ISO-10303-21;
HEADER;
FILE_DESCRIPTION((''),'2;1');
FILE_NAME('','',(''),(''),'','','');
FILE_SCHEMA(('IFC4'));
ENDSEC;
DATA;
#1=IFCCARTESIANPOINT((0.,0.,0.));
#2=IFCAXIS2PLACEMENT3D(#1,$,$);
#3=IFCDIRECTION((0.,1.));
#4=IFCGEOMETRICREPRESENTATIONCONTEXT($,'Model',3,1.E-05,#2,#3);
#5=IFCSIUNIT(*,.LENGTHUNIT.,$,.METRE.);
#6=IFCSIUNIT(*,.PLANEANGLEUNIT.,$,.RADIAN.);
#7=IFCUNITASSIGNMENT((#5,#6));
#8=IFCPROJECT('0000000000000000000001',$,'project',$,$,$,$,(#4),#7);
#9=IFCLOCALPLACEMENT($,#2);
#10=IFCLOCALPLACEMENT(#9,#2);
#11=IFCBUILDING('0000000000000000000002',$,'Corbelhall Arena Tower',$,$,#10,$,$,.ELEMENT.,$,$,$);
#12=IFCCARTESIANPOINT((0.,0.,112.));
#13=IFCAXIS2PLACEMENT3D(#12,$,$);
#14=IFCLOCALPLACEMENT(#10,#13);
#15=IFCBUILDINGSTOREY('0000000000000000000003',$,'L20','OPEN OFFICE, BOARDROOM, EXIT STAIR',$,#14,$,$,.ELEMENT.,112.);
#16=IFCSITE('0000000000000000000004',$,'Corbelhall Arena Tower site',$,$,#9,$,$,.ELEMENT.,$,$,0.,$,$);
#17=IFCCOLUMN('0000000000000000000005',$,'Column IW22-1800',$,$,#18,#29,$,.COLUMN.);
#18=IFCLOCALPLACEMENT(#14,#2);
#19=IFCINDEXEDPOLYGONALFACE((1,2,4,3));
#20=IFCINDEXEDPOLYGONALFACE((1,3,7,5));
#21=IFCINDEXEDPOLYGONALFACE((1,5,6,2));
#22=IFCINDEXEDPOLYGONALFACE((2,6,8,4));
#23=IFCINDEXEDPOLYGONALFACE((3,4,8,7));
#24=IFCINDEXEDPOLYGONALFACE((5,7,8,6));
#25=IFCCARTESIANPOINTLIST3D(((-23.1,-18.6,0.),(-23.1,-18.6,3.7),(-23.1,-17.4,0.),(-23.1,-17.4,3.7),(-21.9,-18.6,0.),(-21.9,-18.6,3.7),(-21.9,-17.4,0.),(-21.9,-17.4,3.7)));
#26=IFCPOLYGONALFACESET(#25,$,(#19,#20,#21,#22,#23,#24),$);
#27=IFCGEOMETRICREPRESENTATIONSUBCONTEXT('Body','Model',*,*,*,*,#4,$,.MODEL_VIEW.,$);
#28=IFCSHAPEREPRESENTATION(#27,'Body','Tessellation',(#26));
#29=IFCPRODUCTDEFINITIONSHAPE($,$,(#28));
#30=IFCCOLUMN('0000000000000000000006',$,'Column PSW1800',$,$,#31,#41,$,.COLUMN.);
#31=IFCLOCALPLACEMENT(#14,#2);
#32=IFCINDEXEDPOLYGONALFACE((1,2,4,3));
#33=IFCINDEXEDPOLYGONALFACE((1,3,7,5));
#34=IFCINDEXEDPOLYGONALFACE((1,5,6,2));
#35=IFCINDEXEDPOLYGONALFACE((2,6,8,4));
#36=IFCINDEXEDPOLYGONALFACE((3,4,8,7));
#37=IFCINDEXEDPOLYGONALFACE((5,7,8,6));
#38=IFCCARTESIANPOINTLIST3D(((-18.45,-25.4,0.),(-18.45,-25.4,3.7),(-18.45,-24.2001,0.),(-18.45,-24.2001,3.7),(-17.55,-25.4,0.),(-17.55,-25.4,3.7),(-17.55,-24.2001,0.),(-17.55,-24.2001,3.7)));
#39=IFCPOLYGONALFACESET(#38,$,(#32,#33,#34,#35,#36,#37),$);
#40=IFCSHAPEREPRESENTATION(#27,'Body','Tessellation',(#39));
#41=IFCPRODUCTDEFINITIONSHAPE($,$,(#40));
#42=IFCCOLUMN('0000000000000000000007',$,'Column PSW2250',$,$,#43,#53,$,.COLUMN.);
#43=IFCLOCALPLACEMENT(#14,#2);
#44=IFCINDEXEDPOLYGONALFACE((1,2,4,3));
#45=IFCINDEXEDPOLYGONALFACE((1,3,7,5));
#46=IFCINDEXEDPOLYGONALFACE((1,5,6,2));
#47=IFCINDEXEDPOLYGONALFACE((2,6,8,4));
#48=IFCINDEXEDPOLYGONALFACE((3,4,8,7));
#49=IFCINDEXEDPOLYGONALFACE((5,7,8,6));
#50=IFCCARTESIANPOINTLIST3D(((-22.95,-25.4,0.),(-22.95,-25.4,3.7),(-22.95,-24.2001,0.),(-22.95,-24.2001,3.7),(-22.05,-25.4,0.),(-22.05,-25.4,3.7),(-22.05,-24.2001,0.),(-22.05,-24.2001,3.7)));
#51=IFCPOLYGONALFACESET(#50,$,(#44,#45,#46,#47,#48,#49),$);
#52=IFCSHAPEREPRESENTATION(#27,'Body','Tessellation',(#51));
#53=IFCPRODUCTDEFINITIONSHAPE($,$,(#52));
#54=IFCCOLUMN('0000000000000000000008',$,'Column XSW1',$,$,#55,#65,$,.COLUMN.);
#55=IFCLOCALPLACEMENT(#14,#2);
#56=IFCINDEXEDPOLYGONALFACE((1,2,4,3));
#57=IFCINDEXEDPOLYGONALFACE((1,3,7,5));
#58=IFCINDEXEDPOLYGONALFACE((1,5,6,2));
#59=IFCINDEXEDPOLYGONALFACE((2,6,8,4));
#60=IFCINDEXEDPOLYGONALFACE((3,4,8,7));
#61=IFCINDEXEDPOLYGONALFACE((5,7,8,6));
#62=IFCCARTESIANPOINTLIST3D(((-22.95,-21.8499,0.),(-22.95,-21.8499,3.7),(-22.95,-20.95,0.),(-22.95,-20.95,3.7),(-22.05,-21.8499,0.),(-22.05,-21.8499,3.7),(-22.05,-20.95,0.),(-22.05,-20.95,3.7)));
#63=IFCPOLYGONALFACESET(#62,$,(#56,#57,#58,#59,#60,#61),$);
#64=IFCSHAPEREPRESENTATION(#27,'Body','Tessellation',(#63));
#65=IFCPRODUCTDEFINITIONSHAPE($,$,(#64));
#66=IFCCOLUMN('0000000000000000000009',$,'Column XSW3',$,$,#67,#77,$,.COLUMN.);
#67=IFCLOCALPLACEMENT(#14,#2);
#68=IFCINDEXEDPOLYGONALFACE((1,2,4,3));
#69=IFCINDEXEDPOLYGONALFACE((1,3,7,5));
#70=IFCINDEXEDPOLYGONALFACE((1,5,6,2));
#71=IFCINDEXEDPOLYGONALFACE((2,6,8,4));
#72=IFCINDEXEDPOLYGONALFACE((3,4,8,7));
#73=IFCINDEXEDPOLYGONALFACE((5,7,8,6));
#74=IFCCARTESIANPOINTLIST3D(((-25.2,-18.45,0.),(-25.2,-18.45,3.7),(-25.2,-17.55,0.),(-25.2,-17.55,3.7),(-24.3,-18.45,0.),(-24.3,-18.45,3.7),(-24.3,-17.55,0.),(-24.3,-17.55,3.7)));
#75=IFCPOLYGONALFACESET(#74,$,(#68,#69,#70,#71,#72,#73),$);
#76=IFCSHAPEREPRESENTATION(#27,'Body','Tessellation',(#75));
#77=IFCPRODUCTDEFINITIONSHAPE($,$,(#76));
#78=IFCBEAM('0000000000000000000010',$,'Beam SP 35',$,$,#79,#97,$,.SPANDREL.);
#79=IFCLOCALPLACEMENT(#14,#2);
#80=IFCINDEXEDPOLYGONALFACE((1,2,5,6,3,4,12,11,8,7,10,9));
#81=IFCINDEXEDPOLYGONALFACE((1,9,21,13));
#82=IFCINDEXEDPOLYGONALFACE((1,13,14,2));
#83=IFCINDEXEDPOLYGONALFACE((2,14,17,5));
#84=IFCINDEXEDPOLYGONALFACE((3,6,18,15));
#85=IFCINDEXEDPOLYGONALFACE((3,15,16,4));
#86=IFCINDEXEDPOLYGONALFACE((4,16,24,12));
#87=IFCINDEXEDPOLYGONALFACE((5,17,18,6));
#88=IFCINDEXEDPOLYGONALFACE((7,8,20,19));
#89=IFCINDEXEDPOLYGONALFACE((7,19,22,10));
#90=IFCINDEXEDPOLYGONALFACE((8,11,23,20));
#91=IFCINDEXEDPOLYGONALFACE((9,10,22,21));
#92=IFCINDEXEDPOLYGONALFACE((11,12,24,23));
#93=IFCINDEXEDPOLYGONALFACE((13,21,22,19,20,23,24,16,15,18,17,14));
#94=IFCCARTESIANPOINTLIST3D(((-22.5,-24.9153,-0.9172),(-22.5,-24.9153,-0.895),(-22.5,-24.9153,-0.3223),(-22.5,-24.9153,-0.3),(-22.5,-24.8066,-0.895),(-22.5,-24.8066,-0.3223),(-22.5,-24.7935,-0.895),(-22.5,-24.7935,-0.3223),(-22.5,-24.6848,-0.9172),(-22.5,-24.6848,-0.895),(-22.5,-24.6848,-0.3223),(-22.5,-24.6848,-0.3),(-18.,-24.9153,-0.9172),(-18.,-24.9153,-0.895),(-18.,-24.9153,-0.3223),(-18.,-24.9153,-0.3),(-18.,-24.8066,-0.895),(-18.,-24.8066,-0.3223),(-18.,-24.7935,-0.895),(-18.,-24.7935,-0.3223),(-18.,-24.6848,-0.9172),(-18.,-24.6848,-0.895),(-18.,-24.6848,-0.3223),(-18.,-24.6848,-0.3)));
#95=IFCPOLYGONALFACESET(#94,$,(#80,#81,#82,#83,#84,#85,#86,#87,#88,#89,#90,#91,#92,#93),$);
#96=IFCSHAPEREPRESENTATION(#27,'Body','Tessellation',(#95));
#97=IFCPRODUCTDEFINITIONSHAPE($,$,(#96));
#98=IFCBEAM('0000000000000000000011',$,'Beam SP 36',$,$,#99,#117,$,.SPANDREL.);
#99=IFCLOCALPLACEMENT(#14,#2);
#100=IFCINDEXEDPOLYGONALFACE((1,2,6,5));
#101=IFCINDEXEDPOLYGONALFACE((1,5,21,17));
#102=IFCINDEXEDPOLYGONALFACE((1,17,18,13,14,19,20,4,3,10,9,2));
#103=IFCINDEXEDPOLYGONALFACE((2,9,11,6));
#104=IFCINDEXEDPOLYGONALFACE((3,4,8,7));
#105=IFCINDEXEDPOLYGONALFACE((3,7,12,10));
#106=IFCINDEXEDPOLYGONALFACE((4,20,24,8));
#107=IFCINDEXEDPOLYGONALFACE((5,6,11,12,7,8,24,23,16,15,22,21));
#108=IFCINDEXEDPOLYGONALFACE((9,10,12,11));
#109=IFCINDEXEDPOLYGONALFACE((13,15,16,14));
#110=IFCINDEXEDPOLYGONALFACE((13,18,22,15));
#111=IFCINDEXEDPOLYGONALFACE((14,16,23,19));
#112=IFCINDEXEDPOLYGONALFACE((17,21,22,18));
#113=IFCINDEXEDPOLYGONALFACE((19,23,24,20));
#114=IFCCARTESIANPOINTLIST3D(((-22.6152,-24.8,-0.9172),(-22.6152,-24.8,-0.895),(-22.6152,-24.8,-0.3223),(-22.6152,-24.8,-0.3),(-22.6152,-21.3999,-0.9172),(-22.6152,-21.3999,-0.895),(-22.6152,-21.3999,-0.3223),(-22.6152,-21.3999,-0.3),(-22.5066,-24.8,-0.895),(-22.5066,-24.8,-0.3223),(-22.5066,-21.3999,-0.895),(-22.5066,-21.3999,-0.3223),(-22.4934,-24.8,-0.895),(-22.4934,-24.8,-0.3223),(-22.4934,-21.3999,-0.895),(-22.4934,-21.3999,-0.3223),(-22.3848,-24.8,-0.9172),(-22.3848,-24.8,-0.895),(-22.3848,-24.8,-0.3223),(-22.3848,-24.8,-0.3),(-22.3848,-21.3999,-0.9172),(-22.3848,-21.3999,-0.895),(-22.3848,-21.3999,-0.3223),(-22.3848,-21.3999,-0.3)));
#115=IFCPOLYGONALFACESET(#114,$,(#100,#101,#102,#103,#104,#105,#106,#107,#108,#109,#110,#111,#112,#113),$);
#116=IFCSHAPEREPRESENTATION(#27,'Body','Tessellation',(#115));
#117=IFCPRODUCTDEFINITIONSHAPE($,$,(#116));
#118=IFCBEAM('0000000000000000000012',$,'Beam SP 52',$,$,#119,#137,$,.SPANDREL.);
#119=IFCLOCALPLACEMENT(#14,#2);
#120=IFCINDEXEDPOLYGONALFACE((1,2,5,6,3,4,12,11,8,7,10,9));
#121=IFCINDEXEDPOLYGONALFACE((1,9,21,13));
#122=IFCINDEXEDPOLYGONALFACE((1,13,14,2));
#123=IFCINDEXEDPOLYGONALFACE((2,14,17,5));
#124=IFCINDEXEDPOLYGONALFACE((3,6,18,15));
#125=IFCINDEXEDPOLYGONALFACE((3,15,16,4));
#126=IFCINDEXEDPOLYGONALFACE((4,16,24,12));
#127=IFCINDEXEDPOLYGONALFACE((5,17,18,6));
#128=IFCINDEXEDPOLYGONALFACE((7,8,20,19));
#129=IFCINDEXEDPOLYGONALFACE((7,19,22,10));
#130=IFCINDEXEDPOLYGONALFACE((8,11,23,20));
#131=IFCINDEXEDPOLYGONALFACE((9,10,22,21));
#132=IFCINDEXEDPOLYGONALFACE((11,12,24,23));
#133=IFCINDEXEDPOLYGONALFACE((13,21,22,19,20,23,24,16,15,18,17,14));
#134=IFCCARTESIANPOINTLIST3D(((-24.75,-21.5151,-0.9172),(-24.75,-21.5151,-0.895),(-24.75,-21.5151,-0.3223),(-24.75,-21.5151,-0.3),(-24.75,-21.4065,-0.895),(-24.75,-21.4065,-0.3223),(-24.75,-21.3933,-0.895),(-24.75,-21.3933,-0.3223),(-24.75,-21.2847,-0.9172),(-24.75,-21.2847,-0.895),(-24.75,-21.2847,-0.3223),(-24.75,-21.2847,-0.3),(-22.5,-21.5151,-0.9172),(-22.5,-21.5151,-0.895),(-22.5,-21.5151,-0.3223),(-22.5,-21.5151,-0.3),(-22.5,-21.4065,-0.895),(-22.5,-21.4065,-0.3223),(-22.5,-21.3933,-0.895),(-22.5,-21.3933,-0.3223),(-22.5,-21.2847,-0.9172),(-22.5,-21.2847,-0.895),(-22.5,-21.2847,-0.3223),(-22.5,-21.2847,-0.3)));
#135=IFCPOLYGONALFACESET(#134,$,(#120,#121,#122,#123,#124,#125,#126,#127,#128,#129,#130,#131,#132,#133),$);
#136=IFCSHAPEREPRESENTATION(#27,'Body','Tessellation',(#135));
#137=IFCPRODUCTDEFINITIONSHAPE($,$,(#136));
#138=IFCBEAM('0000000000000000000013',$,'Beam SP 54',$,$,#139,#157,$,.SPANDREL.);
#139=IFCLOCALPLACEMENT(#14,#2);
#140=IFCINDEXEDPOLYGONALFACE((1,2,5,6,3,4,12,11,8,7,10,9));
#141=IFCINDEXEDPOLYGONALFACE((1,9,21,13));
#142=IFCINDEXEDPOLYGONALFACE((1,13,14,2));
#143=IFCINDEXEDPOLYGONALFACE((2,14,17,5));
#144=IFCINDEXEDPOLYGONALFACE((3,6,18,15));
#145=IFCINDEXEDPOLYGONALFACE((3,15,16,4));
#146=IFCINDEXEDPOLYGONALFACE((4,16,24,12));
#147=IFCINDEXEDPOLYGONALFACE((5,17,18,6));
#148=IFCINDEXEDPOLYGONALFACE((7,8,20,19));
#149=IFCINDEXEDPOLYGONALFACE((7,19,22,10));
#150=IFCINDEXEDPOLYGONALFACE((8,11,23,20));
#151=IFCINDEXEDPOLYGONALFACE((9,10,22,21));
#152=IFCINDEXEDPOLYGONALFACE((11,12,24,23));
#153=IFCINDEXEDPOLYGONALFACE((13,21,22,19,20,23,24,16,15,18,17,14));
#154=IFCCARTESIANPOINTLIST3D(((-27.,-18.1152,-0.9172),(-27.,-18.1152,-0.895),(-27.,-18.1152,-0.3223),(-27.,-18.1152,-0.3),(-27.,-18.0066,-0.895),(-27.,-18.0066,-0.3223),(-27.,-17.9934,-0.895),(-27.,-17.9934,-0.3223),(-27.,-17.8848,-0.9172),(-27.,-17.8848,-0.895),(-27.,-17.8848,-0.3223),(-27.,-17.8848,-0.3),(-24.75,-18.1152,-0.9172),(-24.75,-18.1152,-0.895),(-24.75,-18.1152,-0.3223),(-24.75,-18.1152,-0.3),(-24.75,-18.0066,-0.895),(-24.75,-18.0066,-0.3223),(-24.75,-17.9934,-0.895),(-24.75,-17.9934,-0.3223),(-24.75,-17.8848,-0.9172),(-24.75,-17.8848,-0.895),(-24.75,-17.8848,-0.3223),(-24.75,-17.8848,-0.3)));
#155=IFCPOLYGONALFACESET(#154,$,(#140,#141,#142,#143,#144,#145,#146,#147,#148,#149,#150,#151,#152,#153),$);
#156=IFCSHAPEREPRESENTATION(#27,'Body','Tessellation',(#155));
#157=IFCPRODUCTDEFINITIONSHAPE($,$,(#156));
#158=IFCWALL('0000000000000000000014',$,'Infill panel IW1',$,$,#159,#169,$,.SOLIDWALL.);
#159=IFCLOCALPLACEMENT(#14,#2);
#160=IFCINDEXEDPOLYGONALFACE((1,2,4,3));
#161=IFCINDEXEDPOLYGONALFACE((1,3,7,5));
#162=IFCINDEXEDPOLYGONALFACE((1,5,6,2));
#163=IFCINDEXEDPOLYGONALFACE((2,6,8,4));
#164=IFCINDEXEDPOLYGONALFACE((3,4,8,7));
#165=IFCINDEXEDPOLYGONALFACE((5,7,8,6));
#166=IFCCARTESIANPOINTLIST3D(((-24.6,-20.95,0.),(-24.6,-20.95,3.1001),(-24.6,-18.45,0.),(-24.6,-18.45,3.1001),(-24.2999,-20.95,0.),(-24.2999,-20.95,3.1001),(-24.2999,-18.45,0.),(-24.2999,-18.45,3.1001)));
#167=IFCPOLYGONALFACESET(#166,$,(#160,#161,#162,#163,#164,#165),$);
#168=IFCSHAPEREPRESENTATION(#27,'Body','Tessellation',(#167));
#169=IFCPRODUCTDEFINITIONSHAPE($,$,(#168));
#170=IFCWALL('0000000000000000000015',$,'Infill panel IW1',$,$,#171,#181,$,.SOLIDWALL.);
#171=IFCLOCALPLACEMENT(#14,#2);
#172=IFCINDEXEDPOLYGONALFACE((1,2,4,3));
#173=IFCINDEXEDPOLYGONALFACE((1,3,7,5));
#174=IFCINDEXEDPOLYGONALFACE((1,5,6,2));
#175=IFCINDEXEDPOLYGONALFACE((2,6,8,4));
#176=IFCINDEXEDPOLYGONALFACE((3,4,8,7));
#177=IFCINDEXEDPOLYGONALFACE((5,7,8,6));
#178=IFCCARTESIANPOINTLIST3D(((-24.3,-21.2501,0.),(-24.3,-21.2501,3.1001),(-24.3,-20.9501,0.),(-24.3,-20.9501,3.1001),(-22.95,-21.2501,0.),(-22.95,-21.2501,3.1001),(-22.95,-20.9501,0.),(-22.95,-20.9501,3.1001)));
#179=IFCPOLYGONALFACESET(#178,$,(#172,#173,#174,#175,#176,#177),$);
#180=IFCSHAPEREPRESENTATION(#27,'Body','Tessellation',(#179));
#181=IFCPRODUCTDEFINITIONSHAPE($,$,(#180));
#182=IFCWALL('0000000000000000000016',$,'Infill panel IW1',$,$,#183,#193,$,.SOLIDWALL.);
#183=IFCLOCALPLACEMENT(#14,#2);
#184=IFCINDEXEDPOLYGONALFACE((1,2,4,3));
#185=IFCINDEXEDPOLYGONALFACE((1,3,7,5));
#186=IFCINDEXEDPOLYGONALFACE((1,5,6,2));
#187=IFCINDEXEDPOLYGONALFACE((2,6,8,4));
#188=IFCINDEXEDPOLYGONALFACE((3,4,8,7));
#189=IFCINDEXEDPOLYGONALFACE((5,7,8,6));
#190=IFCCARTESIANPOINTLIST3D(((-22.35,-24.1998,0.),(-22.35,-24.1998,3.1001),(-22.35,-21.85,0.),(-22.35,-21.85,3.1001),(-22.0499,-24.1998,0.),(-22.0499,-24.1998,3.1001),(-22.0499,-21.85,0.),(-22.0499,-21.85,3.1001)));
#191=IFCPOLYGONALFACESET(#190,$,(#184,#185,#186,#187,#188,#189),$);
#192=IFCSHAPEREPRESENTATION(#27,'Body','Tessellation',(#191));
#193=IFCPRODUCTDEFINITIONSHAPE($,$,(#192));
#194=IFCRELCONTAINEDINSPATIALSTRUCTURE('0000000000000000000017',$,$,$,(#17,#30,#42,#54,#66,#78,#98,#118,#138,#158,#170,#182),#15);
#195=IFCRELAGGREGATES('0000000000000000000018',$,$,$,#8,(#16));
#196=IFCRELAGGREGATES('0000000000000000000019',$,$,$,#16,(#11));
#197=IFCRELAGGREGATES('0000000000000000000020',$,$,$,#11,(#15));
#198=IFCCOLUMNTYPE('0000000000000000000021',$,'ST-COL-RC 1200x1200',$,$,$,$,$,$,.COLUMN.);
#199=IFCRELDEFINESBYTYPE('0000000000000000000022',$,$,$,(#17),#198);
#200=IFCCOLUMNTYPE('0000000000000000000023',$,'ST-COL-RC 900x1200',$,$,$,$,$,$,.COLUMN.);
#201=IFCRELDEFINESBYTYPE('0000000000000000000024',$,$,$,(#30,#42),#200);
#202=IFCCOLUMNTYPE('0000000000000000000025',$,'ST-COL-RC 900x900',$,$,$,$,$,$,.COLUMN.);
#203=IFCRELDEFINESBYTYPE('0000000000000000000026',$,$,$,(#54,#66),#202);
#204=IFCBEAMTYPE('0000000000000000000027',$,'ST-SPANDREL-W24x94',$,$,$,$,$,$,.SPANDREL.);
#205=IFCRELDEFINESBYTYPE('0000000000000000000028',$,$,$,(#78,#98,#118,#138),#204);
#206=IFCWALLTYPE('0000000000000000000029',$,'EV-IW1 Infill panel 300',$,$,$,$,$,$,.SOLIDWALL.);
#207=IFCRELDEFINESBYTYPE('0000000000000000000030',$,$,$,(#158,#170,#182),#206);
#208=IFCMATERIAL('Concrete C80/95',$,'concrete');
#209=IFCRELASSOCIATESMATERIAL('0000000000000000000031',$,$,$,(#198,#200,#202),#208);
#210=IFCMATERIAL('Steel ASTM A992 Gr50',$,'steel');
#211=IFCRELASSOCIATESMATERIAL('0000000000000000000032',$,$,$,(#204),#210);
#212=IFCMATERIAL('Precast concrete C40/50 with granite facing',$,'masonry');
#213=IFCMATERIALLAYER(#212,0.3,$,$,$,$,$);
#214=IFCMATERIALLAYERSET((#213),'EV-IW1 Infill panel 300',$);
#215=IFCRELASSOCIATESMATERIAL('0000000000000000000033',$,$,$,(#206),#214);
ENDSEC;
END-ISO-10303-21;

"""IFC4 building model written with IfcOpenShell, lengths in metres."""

from ifc_helpers import new_model, si_unit, direction, frame, frame_2d, origin, origin_2d, place, context, subcontext, project, spatial, rectangle, i_section, extrude, material, layer, layer_set, material_profile, profile_set, type_object, element, save


model = new_model("IFC4")

# Units and contexts
model_context = context("Model", 3, precision=1e-05, world=origin(), true_north=direction((0.0, 1.0)))
body_context = subcontext(model_context, "Body", "Model", "MODEL_VIEW")
ifc_project = project(units=[si_unit("LENGTHUNIT", "METRE"), si_unit("PLANEANGLEUNIT", "RADIAN")], contexts=[model_context])

# Site, building, storey
site_placement = place(None, origin())
site = spatial("IfcSite", under=ifc_project, at=site_placement, Name="Corbelhall Arena Tower site", CompositionType="ELEMENT", RefElevation=0.0)
building_placement = place(site_placement, origin())
building = spatial("IfcBuilding", under=site, at=building_placement, Name="Corbelhall Arena Tower", CompositionType="ELEMENT")
storey_placement = place(building_placement, frame((0.0, 0.0, 112.0)))
storey = spatial("IfcBuildingStorey", under=building, at=storey_placement, Name="L20", Description="OPEN OFFICE, BOARDROOM, EXIT STAIR", CompositionType="ELEMENT", Elevation=112.0)

# Columns
ifc_material_1 = material(Name="Concrete C80/95", Category="concrete")
ifc_material_profile_1 = material_profile(ifc_material_1, rectangle(XDim=1.2, YDim=1.2, at=origin_2d()))
ifc_profile_set_1 = profile_set([ifc_material_profile_1], Name="Concrete C80/95")
column_type_1 = type_object("IfcColumnType", Name="ST-COL-RC 1200x1200", PredefinedType="COLUMN", material=ifc_profile_set_1)
column_placement = place(storey_placement, frame((-22.5, -18.0, 0.0), z_axis=(0.0, 0.0, 1.0), x_axis=(1.0, 0.0, 0.0)))
element("IfcColumn", 1, at=column_placement, inside=storey, type_object=column_type_1, Name="Column IW22-1800", PredefinedType="COLUMN", context=body_context, shape_type="SweptSolid", body=[
    extrude(rectangle(XDim=1.2, YDim=1.2, at=origin_2d()), origin(), (0.0, 0.0, 1.0), 3.7),
])
ifc_material_profile_2 = material_profile(ifc_material_1, rectangle(XDim=0.8999, YDim=1.2, at=origin_2d()))
ifc_profile_set_2 = profile_set([ifc_material_profile_2], Name="Concrete C80/95")
column_type_2 = type_object("IfcColumnType", Name="ST-COL-RC 900x1200", PredefinedType="COLUMN", material=ifc_profile_set_2)
for number, where, z_axis, x_axis, name in (
    (2, (-18.0, -24.8, 0.0), (0.0, 0.0, 1.0), (1.0, 0.0, 0.0), "Column PSW1800"),
    (3, (-22.5, -24.8, 0.0), (0.0, 0.0, 1.0), (1.0, 0.0, 0.0), "Column PSW2250"),
):
    element("IfcColumn", number, at=place(storey_placement, frame(where, z_axis=z_axis, x_axis=x_axis)), inside=storey, type_object=column_type_2, Name=name, PredefinedType="COLUMN", context=body_context, shape_type="SweptSolid", body=[
        extrude(rectangle(XDim=0.8999, YDim=1.2, at=origin_2d()), origin(), (0.0, 0.0, 1.0), 3.7),
    ])
ifc_material_profile_3 = material_profile(ifc_material_1, rectangle(XDim=0.8999, YDim=0.8999, at=origin_2d()))
ifc_profile_set_3 = profile_set([ifc_material_profile_3], Name="Concrete C80/95")
column_type_3 = type_object("IfcColumnType", Name="ST-COL-RC 900x900", PredefinedType="COLUMN", material=ifc_profile_set_3)
for number, where, z_axis, x_axis, name in (
    (4, (-22.5, -21.3999, 0.0), (0.0, 0.0, 1.0), (1.0, 0.0, 0.0), "Column XSW1"),
    (5, (-24.75, -18.0, 0.0), (0.0, 0.0, 1.0), (1.0, 0.0, 0.0), "Column XSW3"),
):
    element("IfcColumn", number, at=place(storey_placement, frame(where, z_axis=z_axis, x_axis=x_axis)), inside=storey, type_object=column_type_3, Name=name, PredefinedType="COLUMN", context=body_context, shape_type="SweptSolid", body=[
        extrude(rectangle(XDim=0.8999, YDim=0.8999, at=origin_2d()), origin(), (0.0, 0.0, 1.0), 3.7),
    ])

# Beams
ifc_material_2 = material(Name="Steel ASTM A992 Gr50", Category="steel")
ifc_material_profile_4 = material_profile(ifc_material_2, i_section(OverallWidth=0.2305, OverallDepth=0.6172, WebThickness=0.0132, FlangeThickness=0.0222, at=origin_2d()))
ifc_profile_set_4 = profile_set([ifc_material_profile_4], Name="Steel ASTM A992 Gr50")
beam_type = type_object("IfcBeamType", Name="ST-SPANDREL-W24x94", PredefinedType="SPANDREL", material=ifc_profile_set_4)
beam_1_placement = place(storey_placement, frame((-18.0, -24.8, -0.6086), z_axis=(-1.0, 0.0, 0.0), x_axis=(0.0, -1.0, 0.0)))
element("IfcBeam", 6, at=beam_1_placement, inside=storey, type_object=beam_type, Name="Beam SP 35", PredefinedType="SPANDREL", context=body_context, shape_type="SweptSolid", body=[
    extrude(i_section(OverallWidth=0.2305, OverallDepth=0.6172, WebThickness=0.0132, FlangeThickness=0.0222, at=origin_2d()), origin(), (0.0, 0.0, 1.0), 4.5),
])
beam_2_placement = place(storey_placement, frame((-22.5, -24.8, -0.6086), z_axis=(0.0, 1.0, 0.0), x_axis=(-1.0, 0.0, 0.0)))
element("IfcBeam", 7, at=beam_2_placement, inside=storey, type_object=beam_type, Name="Beam SP 36", PredefinedType="SPANDREL", context=body_context, shape_type="SweptSolid", body=[
    extrude(i_section(OverallWidth=0.2305, OverallDepth=0.6172, WebThickness=0.0132, FlangeThickness=0.0222, at=origin_2d()), origin(), (0.0, 0.0, 1.0), 3.4001),
])
for number, where, z_axis, x_axis, name in (
    (8, (-22.5, -21.3999, -0.6086), (-1.0, 0.0, 0.0), (0.0, -1.0, 0.0), "Beam SP 52"),
    (9, (-24.75, -18.0, -0.6086), (-1.0, 0.0, 0.0), (0.0, -1.0, 0.0), "Beam SP 54"),
):
    element("IfcBeam", number, at=place(storey_placement, frame(where, z_axis=z_axis, x_axis=x_axis)), inside=storey, type_object=beam_type, Name=name, PredefinedType="SPANDREL", context=body_context, shape_type="SweptSolid", body=[
        extrude(i_section(OverallWidth=0.2305, OverallDepth=0.6172, WebThickness=0.0132, FlangeThickness=0.0222, at=origin_2d()), origin(), (0.0, 0.0, 1.0), 2.25),
    ])

# Walls
ifc_material_3 = material(Name="Precast concrete C40/50 with granite facing", Category="masonry")
ifc_layer_1 = layer(ifc_material_3, 0.3)
ifc_layer_set_1 = layer_set([ifc_layer_1], Name="EV-IW1 Infill panel 300")
wall_type_1 = type_object("IfcWallType", Name="EV-IW1 Infill panel 300", PredefinedType="SOLIDWALL", material=ifc_layer_set_1)
wall_1_placement = place(storey_placement, frame((-24.45, -18.45, 0.0), z_axis=(0.0, 0.0, 1.0), x_axis=(0.0, -1.0, 0.0)))
element("IfcWall", 10, at=wall_1_placement, inside=storey, type_object=wall_type_1, Name="Infill panel IW1", PredefinedType="SOLIDWALL", context=body_context, shape_type="SweptSolid", body=[
    extrude(rectangle(XDim=2.5, YDim=0.3, at=frame_2d((1.25, 0.0))), origin(), (0.0, 0.0, 1.0), 3.1001),
])
wall_2_placement = place(storey_placement, frame((-24.3, -21.1001, 0.0), z_axis=(0.0, 0.0, 1.0), x_axis=(1.0, 0.0, 0.0)))
element("IfcWall", 11, at=wall_2_placement, inside=storey, type_object=wall_type_1, Name="Infill panel IW1", PredefinedType="SOLIDWALL", context=body_context, shape_type="SweptSolid", body=[
    extrude(rectangle(XDim=1.3501, YDim=0.3, at=frame_2d((0.675, 0.0))), origin(), (0.0, 0.0, 1.0), 3.1001),
])
wall_3_placement = place(storey_placement, frame((-22.2, -21.8501, 0.0), z_axis=(0.0, 0.0, 1.0), x_axis=(0.0, -1.0, 0.0)))
element("IfcWall", 12, at=wall_3_placement, inside=storey, type_object=wall_type_1, Name="Infill panel IW1", PredefinedType="SOLIDWALL", context=body_context, shape_type="SweptSolid", body=[
    extrude(rectangle(XDim=2.3499, YDim=0.3, at=frame_2d((1.1748, 0.0))), origin(), (0.0, 0.0, 1.0), 3.1001),
])

save(model, "model.ifc")
